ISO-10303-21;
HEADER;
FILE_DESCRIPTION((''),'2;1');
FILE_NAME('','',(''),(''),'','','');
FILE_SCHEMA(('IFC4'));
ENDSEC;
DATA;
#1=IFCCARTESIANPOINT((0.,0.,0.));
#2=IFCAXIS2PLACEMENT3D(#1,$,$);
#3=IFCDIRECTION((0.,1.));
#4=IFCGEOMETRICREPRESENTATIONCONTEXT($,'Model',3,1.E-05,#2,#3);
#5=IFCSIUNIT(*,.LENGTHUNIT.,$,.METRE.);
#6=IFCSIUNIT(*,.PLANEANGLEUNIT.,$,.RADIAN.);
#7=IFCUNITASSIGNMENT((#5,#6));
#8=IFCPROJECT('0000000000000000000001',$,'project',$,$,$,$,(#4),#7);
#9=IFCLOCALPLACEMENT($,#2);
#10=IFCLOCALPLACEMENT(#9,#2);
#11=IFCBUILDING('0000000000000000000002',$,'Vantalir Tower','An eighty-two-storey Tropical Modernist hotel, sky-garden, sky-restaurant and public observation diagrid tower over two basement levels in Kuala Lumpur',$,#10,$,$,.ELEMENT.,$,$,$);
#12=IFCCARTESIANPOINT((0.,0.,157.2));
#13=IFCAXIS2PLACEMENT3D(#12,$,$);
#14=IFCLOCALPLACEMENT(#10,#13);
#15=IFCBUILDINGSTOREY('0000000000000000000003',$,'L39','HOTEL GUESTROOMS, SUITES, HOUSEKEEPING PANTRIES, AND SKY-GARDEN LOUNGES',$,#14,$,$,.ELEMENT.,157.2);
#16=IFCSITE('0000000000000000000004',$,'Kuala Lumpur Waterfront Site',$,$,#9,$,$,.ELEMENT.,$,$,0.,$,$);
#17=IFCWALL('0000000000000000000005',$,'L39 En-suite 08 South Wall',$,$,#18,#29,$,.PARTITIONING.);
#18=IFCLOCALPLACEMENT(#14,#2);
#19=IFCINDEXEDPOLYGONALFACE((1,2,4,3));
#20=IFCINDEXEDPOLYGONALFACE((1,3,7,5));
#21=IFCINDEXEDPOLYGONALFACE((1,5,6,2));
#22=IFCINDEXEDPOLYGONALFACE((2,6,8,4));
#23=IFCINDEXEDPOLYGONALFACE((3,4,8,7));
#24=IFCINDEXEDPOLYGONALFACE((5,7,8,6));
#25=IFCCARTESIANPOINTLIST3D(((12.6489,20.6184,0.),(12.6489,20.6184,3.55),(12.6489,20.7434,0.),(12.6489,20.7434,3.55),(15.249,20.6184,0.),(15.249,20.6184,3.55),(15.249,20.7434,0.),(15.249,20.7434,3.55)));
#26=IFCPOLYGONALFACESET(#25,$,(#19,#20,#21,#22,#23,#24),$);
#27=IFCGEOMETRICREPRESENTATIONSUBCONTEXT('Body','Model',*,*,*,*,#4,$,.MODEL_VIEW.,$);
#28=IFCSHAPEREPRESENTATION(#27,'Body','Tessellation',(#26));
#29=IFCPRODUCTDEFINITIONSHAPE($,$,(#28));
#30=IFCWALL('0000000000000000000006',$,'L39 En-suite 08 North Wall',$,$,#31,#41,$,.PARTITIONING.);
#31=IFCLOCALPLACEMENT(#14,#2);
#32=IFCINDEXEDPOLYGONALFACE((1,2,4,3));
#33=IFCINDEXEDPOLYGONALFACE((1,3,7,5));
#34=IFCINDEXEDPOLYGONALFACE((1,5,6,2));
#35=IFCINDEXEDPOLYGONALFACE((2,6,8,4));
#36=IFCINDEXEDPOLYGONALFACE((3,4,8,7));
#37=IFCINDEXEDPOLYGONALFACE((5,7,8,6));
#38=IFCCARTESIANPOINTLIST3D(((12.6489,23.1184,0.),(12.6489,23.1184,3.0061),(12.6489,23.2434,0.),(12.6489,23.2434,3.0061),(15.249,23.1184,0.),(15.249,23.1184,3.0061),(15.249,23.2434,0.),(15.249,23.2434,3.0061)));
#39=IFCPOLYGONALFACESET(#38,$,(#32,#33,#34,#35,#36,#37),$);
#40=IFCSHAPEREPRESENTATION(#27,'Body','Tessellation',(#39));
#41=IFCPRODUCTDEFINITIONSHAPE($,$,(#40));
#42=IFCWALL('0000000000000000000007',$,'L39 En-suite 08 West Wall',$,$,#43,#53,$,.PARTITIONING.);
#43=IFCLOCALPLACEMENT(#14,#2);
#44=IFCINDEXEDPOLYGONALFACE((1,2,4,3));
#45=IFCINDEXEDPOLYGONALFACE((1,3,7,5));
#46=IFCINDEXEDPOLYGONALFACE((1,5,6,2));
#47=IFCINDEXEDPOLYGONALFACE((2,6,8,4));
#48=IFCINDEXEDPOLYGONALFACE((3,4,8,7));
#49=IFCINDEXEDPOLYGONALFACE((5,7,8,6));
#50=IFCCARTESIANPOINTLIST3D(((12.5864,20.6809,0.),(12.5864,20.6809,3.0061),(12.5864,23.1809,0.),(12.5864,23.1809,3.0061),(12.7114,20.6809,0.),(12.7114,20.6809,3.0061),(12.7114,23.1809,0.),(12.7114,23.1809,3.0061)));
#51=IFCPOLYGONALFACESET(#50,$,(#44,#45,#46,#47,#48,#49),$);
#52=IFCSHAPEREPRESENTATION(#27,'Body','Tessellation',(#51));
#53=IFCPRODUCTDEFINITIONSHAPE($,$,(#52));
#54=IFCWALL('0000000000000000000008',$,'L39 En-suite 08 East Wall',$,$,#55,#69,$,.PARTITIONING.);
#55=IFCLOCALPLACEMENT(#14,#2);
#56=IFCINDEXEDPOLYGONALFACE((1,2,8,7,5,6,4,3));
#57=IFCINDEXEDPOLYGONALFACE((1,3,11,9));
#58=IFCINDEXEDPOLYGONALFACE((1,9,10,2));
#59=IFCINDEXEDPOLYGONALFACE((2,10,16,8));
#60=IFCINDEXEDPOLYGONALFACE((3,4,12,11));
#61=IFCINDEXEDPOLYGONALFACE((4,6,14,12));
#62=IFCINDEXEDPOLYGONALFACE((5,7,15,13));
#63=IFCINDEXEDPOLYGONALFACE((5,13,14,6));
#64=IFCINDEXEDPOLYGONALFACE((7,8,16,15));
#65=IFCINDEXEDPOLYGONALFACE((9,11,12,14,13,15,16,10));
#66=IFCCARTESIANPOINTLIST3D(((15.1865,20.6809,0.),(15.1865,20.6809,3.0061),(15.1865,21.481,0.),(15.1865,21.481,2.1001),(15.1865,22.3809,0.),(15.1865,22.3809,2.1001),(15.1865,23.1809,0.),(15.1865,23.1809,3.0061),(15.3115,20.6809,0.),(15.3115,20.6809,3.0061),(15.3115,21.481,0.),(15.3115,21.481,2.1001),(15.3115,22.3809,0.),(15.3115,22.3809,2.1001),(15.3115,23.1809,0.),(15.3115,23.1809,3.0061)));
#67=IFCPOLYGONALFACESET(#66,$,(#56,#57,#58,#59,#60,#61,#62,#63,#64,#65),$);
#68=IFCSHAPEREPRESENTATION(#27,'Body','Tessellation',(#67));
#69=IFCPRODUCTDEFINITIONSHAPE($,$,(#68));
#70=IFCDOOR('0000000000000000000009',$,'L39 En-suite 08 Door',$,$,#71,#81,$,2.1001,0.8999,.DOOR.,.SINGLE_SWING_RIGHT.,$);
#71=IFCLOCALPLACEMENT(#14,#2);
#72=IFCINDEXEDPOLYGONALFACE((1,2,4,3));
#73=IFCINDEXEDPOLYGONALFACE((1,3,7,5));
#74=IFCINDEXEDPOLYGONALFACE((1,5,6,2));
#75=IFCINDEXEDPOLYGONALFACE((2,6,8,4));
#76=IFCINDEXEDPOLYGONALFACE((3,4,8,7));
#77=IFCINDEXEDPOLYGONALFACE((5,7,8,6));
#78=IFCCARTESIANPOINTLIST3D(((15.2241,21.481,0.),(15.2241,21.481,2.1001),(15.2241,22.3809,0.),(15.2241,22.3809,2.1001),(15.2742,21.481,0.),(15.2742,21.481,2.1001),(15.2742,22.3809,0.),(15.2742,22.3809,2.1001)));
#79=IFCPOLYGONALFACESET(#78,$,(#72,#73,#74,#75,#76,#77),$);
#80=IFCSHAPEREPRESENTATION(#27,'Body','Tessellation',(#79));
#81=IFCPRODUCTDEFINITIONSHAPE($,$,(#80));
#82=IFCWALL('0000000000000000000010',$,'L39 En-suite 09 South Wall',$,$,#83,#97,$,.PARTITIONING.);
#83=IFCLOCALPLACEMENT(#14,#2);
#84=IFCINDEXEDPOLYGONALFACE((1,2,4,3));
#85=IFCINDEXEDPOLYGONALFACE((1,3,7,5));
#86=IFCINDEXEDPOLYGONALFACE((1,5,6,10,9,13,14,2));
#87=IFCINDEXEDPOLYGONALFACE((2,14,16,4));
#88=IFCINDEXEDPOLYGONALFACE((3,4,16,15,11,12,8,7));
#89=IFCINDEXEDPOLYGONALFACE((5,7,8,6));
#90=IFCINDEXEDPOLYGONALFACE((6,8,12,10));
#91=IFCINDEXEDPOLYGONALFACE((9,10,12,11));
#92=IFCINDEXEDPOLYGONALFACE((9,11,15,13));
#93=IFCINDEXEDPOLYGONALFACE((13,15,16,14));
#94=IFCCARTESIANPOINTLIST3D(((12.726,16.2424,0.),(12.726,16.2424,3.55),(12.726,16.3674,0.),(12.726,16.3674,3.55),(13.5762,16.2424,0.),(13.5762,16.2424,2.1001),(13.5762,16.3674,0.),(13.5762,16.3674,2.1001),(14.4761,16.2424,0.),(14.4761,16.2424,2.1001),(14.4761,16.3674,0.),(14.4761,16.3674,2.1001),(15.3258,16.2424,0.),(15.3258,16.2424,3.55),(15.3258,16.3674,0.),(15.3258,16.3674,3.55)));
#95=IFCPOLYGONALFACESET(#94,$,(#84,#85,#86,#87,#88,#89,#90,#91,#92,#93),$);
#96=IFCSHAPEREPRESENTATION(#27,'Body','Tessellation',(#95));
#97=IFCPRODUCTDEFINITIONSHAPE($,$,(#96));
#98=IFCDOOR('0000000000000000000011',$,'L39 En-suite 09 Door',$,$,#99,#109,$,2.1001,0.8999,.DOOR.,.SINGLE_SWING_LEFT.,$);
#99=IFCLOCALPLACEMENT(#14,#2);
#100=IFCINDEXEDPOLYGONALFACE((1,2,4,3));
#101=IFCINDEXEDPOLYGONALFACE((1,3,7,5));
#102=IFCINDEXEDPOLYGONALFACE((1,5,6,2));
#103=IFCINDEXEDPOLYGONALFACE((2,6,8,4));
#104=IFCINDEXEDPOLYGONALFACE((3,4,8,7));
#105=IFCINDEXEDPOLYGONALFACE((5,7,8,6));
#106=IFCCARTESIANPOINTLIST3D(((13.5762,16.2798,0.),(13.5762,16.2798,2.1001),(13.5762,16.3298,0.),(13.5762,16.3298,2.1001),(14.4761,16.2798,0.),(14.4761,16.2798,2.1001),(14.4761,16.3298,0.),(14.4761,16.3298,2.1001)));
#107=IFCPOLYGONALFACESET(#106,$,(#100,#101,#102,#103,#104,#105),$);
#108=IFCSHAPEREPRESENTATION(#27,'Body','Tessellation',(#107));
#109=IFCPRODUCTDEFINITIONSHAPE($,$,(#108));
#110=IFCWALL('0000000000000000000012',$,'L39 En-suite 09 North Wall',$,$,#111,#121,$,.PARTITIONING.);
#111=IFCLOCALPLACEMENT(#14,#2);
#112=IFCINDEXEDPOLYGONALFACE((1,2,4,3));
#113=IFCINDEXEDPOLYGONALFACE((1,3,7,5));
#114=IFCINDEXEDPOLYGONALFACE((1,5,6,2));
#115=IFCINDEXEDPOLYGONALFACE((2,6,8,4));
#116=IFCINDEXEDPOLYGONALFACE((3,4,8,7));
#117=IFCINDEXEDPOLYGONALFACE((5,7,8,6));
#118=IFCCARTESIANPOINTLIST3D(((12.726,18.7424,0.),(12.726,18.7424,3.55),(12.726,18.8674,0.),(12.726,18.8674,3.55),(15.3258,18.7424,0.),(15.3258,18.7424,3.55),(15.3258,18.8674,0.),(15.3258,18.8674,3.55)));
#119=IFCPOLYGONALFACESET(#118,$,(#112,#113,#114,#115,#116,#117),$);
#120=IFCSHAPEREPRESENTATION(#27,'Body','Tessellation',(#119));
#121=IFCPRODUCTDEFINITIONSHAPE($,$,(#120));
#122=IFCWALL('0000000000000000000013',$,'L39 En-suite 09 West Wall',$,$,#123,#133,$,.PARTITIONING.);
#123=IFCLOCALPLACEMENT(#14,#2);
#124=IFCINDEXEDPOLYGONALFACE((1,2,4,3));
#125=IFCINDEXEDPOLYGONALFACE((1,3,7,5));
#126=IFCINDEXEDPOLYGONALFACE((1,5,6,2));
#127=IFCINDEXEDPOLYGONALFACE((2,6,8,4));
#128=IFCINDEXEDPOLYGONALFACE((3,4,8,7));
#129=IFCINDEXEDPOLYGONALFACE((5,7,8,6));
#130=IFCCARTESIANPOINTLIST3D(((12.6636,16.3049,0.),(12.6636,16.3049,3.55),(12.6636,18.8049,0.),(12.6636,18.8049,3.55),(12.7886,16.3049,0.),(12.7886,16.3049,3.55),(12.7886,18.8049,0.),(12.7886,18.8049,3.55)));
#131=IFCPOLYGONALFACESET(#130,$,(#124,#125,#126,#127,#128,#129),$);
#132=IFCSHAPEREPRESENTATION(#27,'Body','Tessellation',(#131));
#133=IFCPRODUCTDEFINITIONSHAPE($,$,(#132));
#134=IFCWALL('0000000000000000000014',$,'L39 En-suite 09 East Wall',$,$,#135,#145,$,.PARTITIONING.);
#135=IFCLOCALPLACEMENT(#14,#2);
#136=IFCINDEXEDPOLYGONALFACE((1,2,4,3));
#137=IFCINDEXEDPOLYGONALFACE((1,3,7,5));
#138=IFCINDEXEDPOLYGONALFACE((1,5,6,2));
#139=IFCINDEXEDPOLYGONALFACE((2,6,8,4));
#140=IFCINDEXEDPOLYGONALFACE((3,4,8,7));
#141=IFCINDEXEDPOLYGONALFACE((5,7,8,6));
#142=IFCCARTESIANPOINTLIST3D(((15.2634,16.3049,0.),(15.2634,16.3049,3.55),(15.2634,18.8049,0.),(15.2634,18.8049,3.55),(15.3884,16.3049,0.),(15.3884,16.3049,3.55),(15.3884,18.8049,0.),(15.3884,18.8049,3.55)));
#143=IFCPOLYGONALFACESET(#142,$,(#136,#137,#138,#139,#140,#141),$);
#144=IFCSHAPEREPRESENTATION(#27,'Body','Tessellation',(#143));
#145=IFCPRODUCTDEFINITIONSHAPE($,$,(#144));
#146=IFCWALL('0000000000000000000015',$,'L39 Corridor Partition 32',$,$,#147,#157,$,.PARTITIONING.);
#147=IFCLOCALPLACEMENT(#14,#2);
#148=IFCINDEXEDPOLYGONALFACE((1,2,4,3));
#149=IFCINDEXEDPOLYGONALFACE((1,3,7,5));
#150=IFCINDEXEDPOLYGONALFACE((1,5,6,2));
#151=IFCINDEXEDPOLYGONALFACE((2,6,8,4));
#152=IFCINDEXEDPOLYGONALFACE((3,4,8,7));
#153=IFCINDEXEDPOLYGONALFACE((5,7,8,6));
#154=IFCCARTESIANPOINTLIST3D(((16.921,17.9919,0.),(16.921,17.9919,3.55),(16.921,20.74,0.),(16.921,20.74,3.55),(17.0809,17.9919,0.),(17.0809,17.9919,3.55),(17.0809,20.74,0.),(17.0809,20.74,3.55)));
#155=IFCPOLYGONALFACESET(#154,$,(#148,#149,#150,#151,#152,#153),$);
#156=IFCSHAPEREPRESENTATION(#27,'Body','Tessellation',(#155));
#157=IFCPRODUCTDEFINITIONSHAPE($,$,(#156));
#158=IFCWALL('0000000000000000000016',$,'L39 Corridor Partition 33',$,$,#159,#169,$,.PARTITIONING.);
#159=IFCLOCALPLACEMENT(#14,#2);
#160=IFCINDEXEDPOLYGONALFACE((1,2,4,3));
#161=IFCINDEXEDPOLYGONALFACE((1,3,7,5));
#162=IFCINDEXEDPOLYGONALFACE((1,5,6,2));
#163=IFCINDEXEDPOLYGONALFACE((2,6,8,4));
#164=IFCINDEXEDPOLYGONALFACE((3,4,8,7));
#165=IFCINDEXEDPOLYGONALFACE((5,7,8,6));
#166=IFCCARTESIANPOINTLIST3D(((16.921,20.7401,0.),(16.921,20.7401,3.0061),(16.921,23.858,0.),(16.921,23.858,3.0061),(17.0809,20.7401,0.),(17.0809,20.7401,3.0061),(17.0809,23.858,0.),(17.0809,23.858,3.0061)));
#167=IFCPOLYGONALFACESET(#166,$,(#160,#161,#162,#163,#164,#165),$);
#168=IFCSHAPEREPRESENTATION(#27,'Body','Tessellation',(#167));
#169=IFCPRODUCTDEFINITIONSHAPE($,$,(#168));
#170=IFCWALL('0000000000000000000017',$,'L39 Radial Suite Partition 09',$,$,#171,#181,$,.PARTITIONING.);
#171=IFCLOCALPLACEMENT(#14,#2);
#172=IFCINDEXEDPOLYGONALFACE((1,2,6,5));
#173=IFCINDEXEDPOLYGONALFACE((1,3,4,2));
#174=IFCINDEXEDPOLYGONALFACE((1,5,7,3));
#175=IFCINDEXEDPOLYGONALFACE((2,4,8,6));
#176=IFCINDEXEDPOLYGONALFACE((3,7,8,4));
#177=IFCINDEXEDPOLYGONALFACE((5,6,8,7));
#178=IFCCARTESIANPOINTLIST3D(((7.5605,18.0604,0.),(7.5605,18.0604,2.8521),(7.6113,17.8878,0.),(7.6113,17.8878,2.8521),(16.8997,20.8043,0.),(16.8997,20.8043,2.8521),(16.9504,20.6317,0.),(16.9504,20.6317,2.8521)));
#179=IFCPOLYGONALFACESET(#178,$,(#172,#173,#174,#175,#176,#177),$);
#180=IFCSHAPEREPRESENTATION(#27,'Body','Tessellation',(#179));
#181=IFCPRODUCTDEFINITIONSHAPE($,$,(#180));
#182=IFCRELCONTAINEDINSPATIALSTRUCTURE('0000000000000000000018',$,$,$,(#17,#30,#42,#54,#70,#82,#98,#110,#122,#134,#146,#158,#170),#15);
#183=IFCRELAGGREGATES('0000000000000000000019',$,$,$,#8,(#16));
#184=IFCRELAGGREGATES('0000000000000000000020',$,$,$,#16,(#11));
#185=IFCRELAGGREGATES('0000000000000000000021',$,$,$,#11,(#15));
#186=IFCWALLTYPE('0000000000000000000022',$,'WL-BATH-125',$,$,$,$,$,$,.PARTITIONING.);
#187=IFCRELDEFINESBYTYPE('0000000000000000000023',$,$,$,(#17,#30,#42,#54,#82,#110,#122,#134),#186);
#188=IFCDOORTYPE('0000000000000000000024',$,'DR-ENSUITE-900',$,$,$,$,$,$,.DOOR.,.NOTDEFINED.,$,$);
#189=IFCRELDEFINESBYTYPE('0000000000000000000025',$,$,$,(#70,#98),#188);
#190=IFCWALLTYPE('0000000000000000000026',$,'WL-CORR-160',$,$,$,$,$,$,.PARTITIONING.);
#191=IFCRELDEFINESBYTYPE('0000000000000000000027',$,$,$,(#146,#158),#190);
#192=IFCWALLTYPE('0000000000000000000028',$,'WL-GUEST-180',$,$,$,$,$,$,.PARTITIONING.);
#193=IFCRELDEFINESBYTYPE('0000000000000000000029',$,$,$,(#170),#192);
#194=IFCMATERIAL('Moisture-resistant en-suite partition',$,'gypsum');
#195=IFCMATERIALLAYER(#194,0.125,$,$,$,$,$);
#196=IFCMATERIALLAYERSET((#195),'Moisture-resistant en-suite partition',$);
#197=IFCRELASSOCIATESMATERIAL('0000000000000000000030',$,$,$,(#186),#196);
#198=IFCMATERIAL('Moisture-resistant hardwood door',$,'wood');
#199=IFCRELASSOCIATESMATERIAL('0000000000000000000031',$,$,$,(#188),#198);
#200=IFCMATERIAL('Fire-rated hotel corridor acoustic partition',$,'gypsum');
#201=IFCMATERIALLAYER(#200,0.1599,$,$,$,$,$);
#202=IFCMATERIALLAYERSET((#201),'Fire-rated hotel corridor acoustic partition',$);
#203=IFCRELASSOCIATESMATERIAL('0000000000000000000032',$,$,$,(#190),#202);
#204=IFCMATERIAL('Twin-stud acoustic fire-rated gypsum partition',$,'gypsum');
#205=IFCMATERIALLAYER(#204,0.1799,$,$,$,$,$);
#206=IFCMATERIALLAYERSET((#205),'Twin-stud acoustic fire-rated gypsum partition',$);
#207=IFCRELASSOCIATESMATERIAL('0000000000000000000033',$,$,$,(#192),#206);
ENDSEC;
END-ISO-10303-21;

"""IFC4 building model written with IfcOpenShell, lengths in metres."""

from ifc_helpers import new_model, si_unit, direction, frame, frame_2d, origin, place, context, subcontext, project, spatial, rectangle, extrude, material, layer, layer_set, type_object, element, fill, save


model = new_model("IFC4")

# Units and contexts
model_context = context("Model", 3, precision=1e-05, world=origin(), true_north=direction((0.0, 1.0)))
body_context = subcontext(model_context, "Body", "Model", "MODEL_VIEW")
ifc_project = project(units=[si_unit("LENGTHUNIT", "METRE"), si_unit("PLANEANGLEUNIT", "RADIAN")], contexts=[model_context])

# Site, building, storey
site_placement = place(None, origin())
site = spatial("IfcSite", under=ifc_project, at=site_placement, Name="Kuala Lumpur Waterfront Site", CompositionType="ELEMENT", RefElevation=0.0)
building_placement = place(site_placement, origin())
building = spatial("IfcBuilding", under=site, at=building_placement, Name="Vantalir Tower", Description="An eighty-two-storey Tropical Modernist hotel, sky-garden, sky-restaurant and public observation diagrid tower over two basement levels in Kuala Lumpur", CompositionType="ELEMENT")
storey_placement = place(building_placement, frame((0.0, 0.0, 157.2)))
storey = spatial("IfcBuildingStorey", under=building, at=storey_placement, Name="L39", Description="HOTEL GUESTROOMS, SUITES, HOUSEKEEPING PANTRIES, AND SKY-GARDEN LOUNGES", CompositionType="ELEMENT", Elevation=157.2)

# Walls
ifc_material_1 = material(Name="Moisture-resistant en-suite partition", Category="gypsum")
ifc_layer_1 = layer(ifc_material_1, 0.125)
ifc_layer_set_1 = layer_set([ifc_layer_1], Name="Moisture-resistant en-suite partition")
wall_type_1 = type_object("IfcWallType", Name="WL-BATH-125", PredefinedType="PARTITIONING", material=ifc_layer_set_1)
wall_1_placement = place(storey_placement, frame((12.6489, 20.6809, 0.0), z_axis=(0.0, 0.0, 1.0), x_axis=(1.0, 0.0, 0.0)))
element("IfcWall", 1, at=wall_1_placement, inside=storey, type_object=wall_type_1, Name="L39 En-suite 08 South Wall", PredefinedType="PARTITIONING", context=body_context, shape_type="SweptSolid", body=[
    extrude(rectangle(XDim=2.6001, YDim=0.125, at=frame_2d((1.3, 0.0))), origin(), (0.0, 0.0, 1.0), 3.55),
])
wall_2_placement = place(storey_placement, frame((12.6489, 23.1809, 0.0), z_axis=(0.0, 0.0, 1.0), x_axis=(1.0, 0.0, 0.0)))
element("IfcWall", 2, at=wall_2_placement, inside=storey, type_object=wall_type_1, Name="L39 En-suite 08 North Wall", PredefinedType="PARTITIONING", context=body_context, shape_type="SweptSolid", body=[
    extrude(rectangle(XDim=2.6001, YDim=0.125, at=frame_2d((1.3, 0.0))), origin(), (0.0, 0.0, 1.0), 3.0061),
])
wall_3_placement = place(storey_placement, frame((12.6489, 20.6809, 0.0), z_axis=(0.0, 0.0, 1.0), x_axis=(0.0, 1.0, 0.0)))
element("IfcWall", 3, at=wall_3_placement, inside=storey, type_object=wall_type_1, Name="L39 En-suite 08 West Wall", PredefinedType="PARTITIONING", context=body_context, shape_type="SweptSolid", body=[
    extrude(rectangle(XDim=2.5, YDim=0.125, at=frame_2d((1.25, 0.0))), origin(), (0.0, 0.0, 1.0), 3.0061),
])

# Walls, openings, doors
wall_4_placement = place(storey_placement, frame((15.249, 20.6809, 0.0), z_axis=(0.0, 0.0, 1.0), x_axis=(0.0, 1.0, 0.0)))
wall_4 = element("IfcWall", 4, at=wall_4_placement, inside=storey, type_object=wall_type_1, Name="L39 En-suite 08 East Wall", PredefinedType="PARTITIONING", context=body_context, shape_type="SweptSolid", body=[
    extrude(rectangle(XDim=2.5, YDim=0.125, at=frame_2d((1.25, 0.0))), origin(), (0.0, 0.0, 1.0), 3.0061),
])
opening_1_placement = place(wall_4_placement, frame((0.8, 0.0, 0.0)))
opening_1 = element("IfcOpeningElement", 5, at=opening_1_placement, cuts=wall_4, PredefinedType="OPENING", context=body_context, shape_type="SweptSolid", body=[
    extrude(rectangle(XDim=0.8999, YDim=2.1001, at=frame_2d((0.45, 1.05))), frame((0.0, 0.0725, 0.0), z_axis=(0.0, -1.0, 0.0), x_axis=(1.0, 0.0, 0.0)), (0.0, 0.0, 1.0), 0.145),
])
ifc_material_2 = material(Name="Moisture-resistant hardwood door", Category="wood")
door_type = type_object("IfcDoorType", Name="DR-ENSUITE-900", OperationType="NOTDEFINED", PredefinedType="DOOR", material=ifc_material_2)
door_1_placement = place(opening_1_placement, origin())
door_1 = element("IfcDoor", 6, at=door_1_placement, inside=storey, type_object=door_type, Name="L39 En-suite 08 Door", OperationType="SINGLE_SWING_RIGHT", OverallHeight=2.1001, OverallWidth=0.8999, PredefinedType="DOOR", context=body_context, shape_type="SweptSolid", body=[
    extrude(rectangle(XDim=0.8999, YDim=2.1001, at=frame_2d((0.45, 1.05))), frame((0.0, 0.0249, 0.0), z_axis=(0.0, -1.0, 0.0), x_axis=(1.0, 0.0, 0.0)), (0.0, 0.0, 1.0), 0.05),
])
fill(opening_1, door_1)
wall_5_placement = place(storey_placement, frame((12.7261, 16.3049, 0.0), z_axis=(0.0, 0.0, 1.0), x_axis=(1.0, 0.0, 0.0)))
wall_5 = element("IfcWall", 7, at=wall_5_placement, inside=storey, type_object=wall_type_1, Name="L39 En-suite 09 South Wall", PredefinedType="PARTITIONING", context=body_context, shape_type="SweptSolid", body=[
    extrude(rectangle(XDim=2.5999, YDim=0.125, at=frame_2d((1.2998, 0.0))), origin(), (0.0, 0.0, 1.0), 3.55),
])
opening_2_placement = place(wall_5_placement, frame((0.8501, 0.0, 0.0)))
opening_2 = element("IfcOpeningElement", 8, at=opening_2_placement, cuts=wall_5, PredefinedType="OPENING", context=body_context, shape_type="SweptSolid", body=[
    extrude(rectangle(XDim=0.8999, YDim=2.1001, at=frame_2d((0.45, 1.05))), frame((0.0, 0.0725, 0.0), z_axis=(0.0, -1.0, 0.0), x_axis=(1.0, 0.0, 0.0)), (0.0, 0.0, 1.0), 0.145),
])
door_2_placement = place(opening_2_placement, origin())
door_2 = element("IfcDoor", 9, at=door_2_placement, inside=storey, type_object=door_type, Name="L39 En-suite 09 Door", OperationType="SINGLE_SWING_LEFT", OverallHeight=2.1001, OverallWidth=0.8999, PredefinedType="DOOR", context=body_context, shape_type="SweptSolid", body=[
    extrude(rectangle(XDim=0.8999, YDim=2.1001, at=frame_2d((0.45, 1.05))), frame((0.0, 0.0249, 0.0), z_axis=(0.0, -1.0, 0.0), x_axis=(1.0, 0.0, 0.0)), (0.0, 0.0, 1.0), 0.05),
])
fill(opening_2, door_2)

# Walls
wall_6_placement = place(storey_placement, frame((12.7261, 18.8049, 0.0), z_axis=(0.0, 0.0, 1.0), x_axis=(1.0, 0.0, 0.0)))
element("IfcWall", 10, at=wall_6_placement, inside=storey, type_object=wall_type_1, Name="L39 En-suite 09 North Wall", PredefinedType="PARTITIONING", context=body_context, shape_type="SweptSolid", body=[
    extrude(rectangle(XDim=2.5999, YDim=0.125, at=frame_2d((1.2998, 0.0))), origin(), (0.0, 0.0, 1.0), 3.55),
])
for number, where, z_axis, x_axis, name in (
    (11, (12.7261, 16.3049, 0.0), (0.0, 0.0, 1.0), (0.0, 1.0, 0.0), "L39 En-suite 09 West Wall"),
    (12, (15.3259, 16.3049, 0.0), (0.0, 0.0, 1.0), (0.0, 1.0, 0.0), "L39 En-suite 09 East Wall"),
):
    element("IfcWall", number, at=place(storey_placement, frame(where, z_axis=z_axis, x_axis=x_axis)), inside=storey, type_object=wall_type_1, Name=name, PredefinedType="PARTITIONING", context=body_context, shape_type="SweptSolid", body=[
        extrude(rectangle(XDim=2.5, YDim=0.125, at=frame_2d((1.25, 0.0))), origin(), (0.0, 0.0, 1.0), 3.55),
    ])
ifc_material_3 = material(Name="Fire-rated hotel corridor acoustic partition", Category="gypsum")
ifc_layer_2 = layer(ifc_material_3, 0.1599)
ifc_layer_set_2 = layer_set([ifc_layer_2], Name="Fire-rated hotel corridor acoustic partition")
wall_type_2 = type_object("IfcWallType", Name="WL-CORR-160", PredefinedType="PARTITIONING", material=ifc_layer_set_2)
wall_7_placement = place(storey_placement, frame((17.001, 17.9919, 0.0), z_axis=(0.0, 0.0, 1.0), x_axis=(0.0, 1.0, 0.0)))
element("IfcWall", 13, at=wall_7_placement, inside=storey, type_object=wall_type_2, Name="L39 Corridor Partition 32", PredefinedType="PARTITIONING", context=body_context, shape_type="SweptSolid", body=[
    extrude(rectangle(XDim=2.748, YDim=0.1599, at=frame_2d((1.374, 0.0))), origin(), (0.0, 0.0, 1.0), 3.55),
])
wall_8_placement = place(storey_placement, frame((17.001, 20.74, 0.0), z_axis=(0.0, 0.0, 1.0), x_axis=(0.0, 1.0, 0.0)))
element("IfcWall", 14, at=wall_8_placement, inside=storey, type_object=wall_type_2, Name="L39 Corridor Partition 33", PredefinedType="PARTITIONING", context=body_context, shape_type="SweptSolid", body=[
    extrude(rectangle(XDim=3.1179, YDim=0.1599, at=frame_2d((1.5591, 0.0))), origin(), (0.0, 0.0, 1.0), 3.0061),
])
ifc_material_4 = material(Name="Twin-stud acoustic fire-rated gypsum partition", Category="gypsum")
ifc_layer_3 = layer(ifc_material_4, 0.1799)
ifc_layer_set_3 = layer_set([ifc_layer_3], Name="Twin-stud acoustic fire-rated gypsum partition")
wall_type_3 = type_object("IfcWallType", Name="WL-GUEST-180", PredefinedType="PARTITIONING", material=ifc_layer_set_3)
wall_9_placement = place(storey_placement, frame((16.925, 20.718, 0.0), z_axis=(0.0, 0.0, 1.0), x_axis=(-0.959446, -0.281892, 0.0)))
element("IfcWall", 15, at=wall_9_placement, inside=storey, type_object=wall_type_3, Name="L39 Radial Suite Partition 09", PredefinedType="PARTITIONING", context=body_context, shape_type="SweptSolid", body=[
    extrude(rectangle(XDim=9.7339, YDim=0.1799, at=frame_2d((4.8669, 0.0))), origin(), (0.0, 0.0, 1.0), 2.8521),
])

save(model, "model.ifc")
